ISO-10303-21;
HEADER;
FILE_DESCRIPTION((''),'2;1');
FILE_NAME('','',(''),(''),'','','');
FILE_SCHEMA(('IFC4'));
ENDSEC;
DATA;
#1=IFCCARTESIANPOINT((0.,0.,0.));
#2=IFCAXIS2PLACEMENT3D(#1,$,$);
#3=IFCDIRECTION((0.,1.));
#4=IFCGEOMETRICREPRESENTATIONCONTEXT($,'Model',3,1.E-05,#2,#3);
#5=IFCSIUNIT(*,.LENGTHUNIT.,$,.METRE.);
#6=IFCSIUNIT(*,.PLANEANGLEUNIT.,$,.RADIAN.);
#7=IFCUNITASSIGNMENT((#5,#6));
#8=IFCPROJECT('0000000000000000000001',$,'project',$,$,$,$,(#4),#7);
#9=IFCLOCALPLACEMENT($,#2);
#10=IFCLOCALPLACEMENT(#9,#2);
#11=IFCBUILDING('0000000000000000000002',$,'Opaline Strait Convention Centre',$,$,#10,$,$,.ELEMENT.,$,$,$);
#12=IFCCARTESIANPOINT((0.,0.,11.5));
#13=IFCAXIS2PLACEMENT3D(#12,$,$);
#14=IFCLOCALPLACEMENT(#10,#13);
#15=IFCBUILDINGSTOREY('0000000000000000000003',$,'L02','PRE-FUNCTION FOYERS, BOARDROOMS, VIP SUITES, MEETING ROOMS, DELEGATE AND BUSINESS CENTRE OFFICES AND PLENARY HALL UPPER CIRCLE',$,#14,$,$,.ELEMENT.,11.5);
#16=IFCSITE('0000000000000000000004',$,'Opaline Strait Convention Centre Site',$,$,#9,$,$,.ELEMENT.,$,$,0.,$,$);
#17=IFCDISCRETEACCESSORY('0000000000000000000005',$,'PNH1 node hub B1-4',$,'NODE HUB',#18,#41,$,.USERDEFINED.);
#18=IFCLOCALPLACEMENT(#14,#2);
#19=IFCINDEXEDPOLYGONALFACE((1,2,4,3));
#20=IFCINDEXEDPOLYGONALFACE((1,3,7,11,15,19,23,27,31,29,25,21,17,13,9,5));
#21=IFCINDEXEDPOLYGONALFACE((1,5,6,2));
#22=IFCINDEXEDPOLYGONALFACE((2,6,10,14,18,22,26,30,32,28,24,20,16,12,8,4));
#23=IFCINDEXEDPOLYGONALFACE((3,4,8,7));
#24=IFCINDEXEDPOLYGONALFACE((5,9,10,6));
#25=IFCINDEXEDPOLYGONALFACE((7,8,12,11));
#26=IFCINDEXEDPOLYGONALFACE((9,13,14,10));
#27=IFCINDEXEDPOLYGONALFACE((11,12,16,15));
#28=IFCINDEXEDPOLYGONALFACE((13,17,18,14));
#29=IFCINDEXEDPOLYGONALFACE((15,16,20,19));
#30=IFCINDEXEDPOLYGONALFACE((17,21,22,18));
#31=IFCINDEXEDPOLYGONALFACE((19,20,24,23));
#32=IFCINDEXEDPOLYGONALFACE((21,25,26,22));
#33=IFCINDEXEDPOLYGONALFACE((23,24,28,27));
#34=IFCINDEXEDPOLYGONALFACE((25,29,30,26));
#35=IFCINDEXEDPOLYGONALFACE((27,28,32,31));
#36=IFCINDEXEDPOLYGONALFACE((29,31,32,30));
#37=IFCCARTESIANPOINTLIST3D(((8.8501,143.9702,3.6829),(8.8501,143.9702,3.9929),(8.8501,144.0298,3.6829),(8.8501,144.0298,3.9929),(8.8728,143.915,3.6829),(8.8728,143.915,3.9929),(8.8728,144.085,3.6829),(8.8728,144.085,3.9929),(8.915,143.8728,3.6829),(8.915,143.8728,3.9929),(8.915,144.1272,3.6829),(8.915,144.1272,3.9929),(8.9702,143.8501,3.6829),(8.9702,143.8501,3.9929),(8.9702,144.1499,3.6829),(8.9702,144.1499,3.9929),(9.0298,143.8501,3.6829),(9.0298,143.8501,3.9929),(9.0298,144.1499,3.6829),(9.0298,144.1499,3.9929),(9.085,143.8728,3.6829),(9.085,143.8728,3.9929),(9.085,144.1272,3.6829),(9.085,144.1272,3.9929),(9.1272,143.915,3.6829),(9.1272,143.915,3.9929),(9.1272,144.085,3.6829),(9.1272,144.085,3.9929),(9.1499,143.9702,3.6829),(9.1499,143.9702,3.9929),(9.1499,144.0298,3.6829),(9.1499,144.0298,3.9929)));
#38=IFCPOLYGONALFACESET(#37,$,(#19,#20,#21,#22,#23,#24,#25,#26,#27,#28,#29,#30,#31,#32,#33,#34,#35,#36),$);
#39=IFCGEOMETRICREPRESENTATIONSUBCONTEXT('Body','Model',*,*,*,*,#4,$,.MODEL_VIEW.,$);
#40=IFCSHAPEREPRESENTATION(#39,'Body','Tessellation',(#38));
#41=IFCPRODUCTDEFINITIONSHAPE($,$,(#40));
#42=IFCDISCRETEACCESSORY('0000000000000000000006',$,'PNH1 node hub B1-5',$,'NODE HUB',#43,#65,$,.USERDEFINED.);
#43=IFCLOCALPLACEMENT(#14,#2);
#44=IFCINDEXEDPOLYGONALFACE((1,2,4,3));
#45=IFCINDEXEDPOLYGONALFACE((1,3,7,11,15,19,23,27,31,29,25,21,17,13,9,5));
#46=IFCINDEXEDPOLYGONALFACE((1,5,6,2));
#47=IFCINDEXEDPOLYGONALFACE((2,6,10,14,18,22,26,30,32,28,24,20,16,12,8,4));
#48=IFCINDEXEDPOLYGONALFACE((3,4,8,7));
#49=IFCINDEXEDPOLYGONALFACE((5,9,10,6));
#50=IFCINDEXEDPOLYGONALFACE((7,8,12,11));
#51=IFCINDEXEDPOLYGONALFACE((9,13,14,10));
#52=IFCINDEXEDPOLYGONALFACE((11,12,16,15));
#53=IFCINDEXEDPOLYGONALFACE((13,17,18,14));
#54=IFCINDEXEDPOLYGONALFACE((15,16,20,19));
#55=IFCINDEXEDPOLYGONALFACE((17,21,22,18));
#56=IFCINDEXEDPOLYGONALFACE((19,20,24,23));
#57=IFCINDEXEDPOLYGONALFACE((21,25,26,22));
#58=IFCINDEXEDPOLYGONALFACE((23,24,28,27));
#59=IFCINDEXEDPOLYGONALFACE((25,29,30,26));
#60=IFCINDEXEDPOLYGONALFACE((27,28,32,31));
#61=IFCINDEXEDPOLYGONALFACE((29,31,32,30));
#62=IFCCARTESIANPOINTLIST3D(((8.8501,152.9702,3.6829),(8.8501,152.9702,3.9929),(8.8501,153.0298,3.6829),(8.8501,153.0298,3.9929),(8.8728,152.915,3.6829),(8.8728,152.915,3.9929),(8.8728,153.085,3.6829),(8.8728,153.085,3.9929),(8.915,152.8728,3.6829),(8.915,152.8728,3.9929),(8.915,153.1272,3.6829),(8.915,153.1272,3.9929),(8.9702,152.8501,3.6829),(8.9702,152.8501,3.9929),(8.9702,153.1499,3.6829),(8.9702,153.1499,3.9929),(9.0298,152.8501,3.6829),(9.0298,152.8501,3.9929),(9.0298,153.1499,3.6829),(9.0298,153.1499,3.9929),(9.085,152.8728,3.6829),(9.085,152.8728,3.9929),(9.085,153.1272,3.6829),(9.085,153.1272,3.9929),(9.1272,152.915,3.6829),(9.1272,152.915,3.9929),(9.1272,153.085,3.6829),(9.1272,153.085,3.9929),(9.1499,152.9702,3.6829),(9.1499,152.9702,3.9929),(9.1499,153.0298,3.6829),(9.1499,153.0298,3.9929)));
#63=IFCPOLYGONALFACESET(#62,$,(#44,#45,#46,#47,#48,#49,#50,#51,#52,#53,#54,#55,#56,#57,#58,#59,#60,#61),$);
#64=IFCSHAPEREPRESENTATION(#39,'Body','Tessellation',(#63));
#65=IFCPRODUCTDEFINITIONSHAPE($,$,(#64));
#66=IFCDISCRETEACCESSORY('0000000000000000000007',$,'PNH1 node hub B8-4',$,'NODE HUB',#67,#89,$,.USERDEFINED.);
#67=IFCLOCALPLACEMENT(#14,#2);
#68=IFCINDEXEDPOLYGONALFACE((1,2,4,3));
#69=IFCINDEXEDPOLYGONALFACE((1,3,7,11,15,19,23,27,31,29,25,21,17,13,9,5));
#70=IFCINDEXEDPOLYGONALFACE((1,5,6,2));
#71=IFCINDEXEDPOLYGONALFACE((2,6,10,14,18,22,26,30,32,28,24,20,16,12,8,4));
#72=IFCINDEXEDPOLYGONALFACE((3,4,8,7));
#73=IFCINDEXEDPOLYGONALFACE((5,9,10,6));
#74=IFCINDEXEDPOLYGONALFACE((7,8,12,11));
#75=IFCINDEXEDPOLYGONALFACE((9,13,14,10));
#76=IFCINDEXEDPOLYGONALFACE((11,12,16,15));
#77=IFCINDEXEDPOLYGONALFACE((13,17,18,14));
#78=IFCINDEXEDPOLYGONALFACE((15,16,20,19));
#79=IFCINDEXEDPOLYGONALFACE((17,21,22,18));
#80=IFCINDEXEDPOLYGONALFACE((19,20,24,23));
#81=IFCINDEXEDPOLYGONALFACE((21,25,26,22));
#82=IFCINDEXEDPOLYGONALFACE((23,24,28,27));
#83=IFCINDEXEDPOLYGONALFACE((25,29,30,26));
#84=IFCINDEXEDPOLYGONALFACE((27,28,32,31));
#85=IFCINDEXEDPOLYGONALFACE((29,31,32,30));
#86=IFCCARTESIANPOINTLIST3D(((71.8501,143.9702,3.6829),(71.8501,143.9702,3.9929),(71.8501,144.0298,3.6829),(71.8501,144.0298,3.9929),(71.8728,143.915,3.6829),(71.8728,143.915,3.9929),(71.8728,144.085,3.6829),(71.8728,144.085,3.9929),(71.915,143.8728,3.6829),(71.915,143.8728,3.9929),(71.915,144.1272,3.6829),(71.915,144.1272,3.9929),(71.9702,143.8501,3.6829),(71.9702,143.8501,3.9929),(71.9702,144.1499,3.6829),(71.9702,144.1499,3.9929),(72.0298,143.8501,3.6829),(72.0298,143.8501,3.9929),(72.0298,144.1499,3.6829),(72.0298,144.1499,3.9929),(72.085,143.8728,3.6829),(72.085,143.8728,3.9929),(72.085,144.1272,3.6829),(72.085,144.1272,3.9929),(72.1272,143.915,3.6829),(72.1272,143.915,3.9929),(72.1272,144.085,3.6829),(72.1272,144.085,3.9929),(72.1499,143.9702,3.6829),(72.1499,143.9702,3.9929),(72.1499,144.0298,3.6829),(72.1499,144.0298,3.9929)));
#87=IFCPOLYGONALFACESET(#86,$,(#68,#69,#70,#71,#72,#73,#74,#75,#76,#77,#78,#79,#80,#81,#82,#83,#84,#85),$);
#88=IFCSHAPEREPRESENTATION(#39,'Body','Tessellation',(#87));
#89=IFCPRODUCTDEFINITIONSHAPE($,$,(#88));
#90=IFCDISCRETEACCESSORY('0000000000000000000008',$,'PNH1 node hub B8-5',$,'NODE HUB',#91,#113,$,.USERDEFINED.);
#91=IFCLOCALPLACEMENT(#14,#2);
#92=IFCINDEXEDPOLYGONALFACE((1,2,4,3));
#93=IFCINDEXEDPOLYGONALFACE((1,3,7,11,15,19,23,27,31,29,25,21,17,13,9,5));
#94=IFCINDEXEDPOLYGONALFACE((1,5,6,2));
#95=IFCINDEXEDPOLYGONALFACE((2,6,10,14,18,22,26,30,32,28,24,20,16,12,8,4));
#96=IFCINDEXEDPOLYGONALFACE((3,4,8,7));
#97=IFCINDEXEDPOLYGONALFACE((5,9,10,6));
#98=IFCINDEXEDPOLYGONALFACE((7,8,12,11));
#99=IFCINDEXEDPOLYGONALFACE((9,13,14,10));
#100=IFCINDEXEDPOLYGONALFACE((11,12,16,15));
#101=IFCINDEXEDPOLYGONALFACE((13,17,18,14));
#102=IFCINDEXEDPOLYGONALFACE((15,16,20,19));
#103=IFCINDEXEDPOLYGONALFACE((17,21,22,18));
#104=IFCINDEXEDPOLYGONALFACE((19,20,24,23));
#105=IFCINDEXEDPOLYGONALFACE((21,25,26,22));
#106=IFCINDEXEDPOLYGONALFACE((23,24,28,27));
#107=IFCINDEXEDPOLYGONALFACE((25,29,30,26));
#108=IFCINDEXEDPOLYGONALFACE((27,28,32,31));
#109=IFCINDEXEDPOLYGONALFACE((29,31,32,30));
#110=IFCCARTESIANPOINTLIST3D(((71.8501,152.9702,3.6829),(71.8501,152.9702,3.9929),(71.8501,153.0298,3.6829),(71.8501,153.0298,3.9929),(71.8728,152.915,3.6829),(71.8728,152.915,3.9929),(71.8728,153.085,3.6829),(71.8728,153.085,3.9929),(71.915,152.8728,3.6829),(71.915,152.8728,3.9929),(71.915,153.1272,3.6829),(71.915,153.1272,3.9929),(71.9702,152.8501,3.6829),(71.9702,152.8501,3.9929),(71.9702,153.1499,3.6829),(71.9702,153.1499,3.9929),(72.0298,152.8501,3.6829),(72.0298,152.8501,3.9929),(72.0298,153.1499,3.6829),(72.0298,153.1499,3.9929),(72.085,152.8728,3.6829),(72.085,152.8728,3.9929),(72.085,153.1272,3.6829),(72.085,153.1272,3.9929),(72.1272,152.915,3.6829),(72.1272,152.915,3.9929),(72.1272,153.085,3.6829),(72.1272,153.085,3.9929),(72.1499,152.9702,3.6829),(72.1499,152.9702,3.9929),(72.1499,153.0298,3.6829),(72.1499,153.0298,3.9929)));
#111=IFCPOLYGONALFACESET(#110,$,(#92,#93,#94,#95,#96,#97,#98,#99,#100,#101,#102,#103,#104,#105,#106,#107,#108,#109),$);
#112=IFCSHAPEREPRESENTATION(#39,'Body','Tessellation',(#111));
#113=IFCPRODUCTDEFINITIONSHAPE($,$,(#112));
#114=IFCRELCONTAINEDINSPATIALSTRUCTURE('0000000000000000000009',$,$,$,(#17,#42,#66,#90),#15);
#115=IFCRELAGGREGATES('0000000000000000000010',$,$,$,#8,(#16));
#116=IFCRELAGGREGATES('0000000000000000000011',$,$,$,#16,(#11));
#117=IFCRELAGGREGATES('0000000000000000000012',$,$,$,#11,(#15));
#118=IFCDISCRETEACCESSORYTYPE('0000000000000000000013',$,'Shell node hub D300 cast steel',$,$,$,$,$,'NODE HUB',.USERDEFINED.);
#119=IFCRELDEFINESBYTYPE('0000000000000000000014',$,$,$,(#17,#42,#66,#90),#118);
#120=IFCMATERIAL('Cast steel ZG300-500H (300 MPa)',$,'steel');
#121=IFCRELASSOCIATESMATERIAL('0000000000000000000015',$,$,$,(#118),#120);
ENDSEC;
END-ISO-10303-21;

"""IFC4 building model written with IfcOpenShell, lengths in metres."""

from ifc_helpers import new_model, si_unit, direction, frame, origin, place, context, subcontext, project, spatial, polyline, outline, extrude, material, type_object, element, save


model = new_model("IFC4")

# Units and contexts
model_context = context("Model", 3, precision=1e-05, world=origin(), true_north=direction((0.0, 1.0)))
body_context = subcontext(model_context, "Body", "Model", "MODEL_VIEW")
ifc_project = project(units=[si_unit("LENGTHUNIT", "METRE"), si_unit("PLANEANGLEUNIT", "RADIAN")], contexts=[model_context])

# Site, building, storey
site_placement = place(None, origin())
site = spatial("IfcSite", under=ifc_project, at=site_placement, Name="Opaline Strait Convention Centre Site", CompositionType="ELEMENT", RefElevation=0.0)
building_placement = place(site_placement, origin())
building = spatial("IfcBuilding", under=site, at=building_placement, Name="Opaline Strait Convention Centre", CompositionType="ELEMENT")
storey_placement = place(building_placement, frame((0.0, 0.0, 11.5)))
storey = spatial("IfcBuildingStorey", under=building, at=storey_placement, Name="L02", Description="PRE-FUNCTION FOYERS, BOARDROOMS, VIP SUITES, MEETING ROOMS, DELEGATE AND BUSINESS CENTRE OFFICES AND PLENARY HALL UPPER CIRCLE", CompositionType="ELEMENT", Elevation=11.5)

# Discrete accessories
ifc_material_1 = material(Name="Cast steel ZG300-500H (300 MPa)", Category="steel")
discrete_accessory_type_1 = type_object("IfcDiscreteAccessoryType", Name="Shell node hub D300 cast steel", ElementType="NODE HUB", PredefinedType="USERDEFINED", material=ifc_material_1)
discrete_accessory_1_placement = place(storey_placement, frame((0.0, 0.0, 3.6829)))
element("IfcDiscreteAccessory", 1, at=discrete_accessory_1_placement, inside=storey, type_object=discrete_accessory_type_1, Name="PNH1 node hub B1-4", ObjectType="NODE HUB", PredefinedType="USERDEFINED", context=body_context, shape_type="SweptSolid", body=[
    extrude(outline(polyline([(9.1499, 144.0298), (9.1272, 144.085), (9.085, 144.1272), (9.0298, 144.1499), (8.9702, 144.1499), (8.915, 144.1272), (8.8728, 144.085), (8.8501, 144.0298), (8.8501, 143.9702), (8.8728, 143.915), (8.915, 143.8728), (8.9702, 143.8501), (9.0298, 143.8501), (9.085, 143.8728), (9.1272, 143.915), (9.1499, 143.9702), (9.1499, 144.0298)])), origin(), (0.0, 0.0, 1.0), 0.3101),
])
discrete_accessory_2_placement = place(storey_placement, frame((0.0, 0.0, 3.6829)))
element("IfcDiscreteAccessory", 2, at=discrete_accessory_2_placement, inside=storey, type_object=discrete_accessory_type_1, Name="PNH1 node hub B1-5", ObjectType="NODE HUB", PredefinedType="USERDEFINED", context=body_context, shape_type="SweptSolid", body=[
    extrude(outline(polyline([(9.1499, 153.0298), (9.1272, 153.085), (9.085, 153.1272), (9.0298, 153.1499), (8.9702, 153.1499), (8.915, 153.1272), (8.8728, 153.085), (8.8501, 153.0298), (8.8501, 152.9702), (8.8728, 152.915), (8.915, 152.8728), (8.9702, 152.8501), (9.0298, 152.8501), (9.085, 152.8728), (9.1272, 152.915), (9.1499, 152.9702), (9.1499, 153.0298)])), origin(), (0.0, 0.0, 1.0), 0.3101),
])
discrete_accessory_3_placement = place(storey_placement, frame((0.0, 0.0, 3.6829)))
element("IfcDiscreteAccessory", 3, at=discrete_accessory_3_placement, inside=storey, type_object=discrete_accessory_type_1, Name="PNH1 node hub B8-4", ObjectType="NODE HUB", PredefinedType="USERDEFINED", context=body_context, shape_type="SweptSolid", body=[
    extrude(outline(polyline([(72.1499, 144.0298), (72.1272, 144.085), (72.085, 144.1272), (72.0298, 144.1499), (71.9702, 144.1499), (71.915, 144.1272), (71.8728, 144.085), (71.8501, 144.0298), (71.8501, 143.9702), (71.8728, 143.915), (71.915, 143.8728), (71.9702, 143.8501), (72.0298, 143.8501), (72.085, 143.8728), (72.1272, 143.915), (72.1499, 143.9702), (72.1499, 144.0298)])), origin(), (0.0, 0.0, 1.0), 0.3101),
])
discrete_accessory_4_placement = place(storey_placement, frame((0.0, 0.0, 3.6829)))
element("IfcDiscreteAccessory", 4, at=discrete_accessory_4_placement, inside=storey, type_object=discrete_accessory_type_1, Name="PNH1 node hub B8-5", ObjectType="NODE HUB", PredefinedType="USERDEFINED", context=body_context, shape_type="SweptSolid", body=[
    extrude(outline(polyline([(72.1499, 153.0298), (72.1272, 153.085), (72.085, 153.1272), (72.0298, 153.1499), (71.9702, 153.1499), (71.915, 153.1272), (71.8728, 153.085), (71.8501, 153.0298), (71.8501, 152.9702), (71.8728, 152.915), (71.915, 152.8728), (71.9702, 152.8501), (72.0298, 152.8501), (72.085, 152.8728), (72.1272, 152.915), (72.1499, 152.9702), (72.1499, 153.0298)])), origin(), (0.0, 0.0, 1.0), 0.3101),
])

save(model, "model.ifc")
